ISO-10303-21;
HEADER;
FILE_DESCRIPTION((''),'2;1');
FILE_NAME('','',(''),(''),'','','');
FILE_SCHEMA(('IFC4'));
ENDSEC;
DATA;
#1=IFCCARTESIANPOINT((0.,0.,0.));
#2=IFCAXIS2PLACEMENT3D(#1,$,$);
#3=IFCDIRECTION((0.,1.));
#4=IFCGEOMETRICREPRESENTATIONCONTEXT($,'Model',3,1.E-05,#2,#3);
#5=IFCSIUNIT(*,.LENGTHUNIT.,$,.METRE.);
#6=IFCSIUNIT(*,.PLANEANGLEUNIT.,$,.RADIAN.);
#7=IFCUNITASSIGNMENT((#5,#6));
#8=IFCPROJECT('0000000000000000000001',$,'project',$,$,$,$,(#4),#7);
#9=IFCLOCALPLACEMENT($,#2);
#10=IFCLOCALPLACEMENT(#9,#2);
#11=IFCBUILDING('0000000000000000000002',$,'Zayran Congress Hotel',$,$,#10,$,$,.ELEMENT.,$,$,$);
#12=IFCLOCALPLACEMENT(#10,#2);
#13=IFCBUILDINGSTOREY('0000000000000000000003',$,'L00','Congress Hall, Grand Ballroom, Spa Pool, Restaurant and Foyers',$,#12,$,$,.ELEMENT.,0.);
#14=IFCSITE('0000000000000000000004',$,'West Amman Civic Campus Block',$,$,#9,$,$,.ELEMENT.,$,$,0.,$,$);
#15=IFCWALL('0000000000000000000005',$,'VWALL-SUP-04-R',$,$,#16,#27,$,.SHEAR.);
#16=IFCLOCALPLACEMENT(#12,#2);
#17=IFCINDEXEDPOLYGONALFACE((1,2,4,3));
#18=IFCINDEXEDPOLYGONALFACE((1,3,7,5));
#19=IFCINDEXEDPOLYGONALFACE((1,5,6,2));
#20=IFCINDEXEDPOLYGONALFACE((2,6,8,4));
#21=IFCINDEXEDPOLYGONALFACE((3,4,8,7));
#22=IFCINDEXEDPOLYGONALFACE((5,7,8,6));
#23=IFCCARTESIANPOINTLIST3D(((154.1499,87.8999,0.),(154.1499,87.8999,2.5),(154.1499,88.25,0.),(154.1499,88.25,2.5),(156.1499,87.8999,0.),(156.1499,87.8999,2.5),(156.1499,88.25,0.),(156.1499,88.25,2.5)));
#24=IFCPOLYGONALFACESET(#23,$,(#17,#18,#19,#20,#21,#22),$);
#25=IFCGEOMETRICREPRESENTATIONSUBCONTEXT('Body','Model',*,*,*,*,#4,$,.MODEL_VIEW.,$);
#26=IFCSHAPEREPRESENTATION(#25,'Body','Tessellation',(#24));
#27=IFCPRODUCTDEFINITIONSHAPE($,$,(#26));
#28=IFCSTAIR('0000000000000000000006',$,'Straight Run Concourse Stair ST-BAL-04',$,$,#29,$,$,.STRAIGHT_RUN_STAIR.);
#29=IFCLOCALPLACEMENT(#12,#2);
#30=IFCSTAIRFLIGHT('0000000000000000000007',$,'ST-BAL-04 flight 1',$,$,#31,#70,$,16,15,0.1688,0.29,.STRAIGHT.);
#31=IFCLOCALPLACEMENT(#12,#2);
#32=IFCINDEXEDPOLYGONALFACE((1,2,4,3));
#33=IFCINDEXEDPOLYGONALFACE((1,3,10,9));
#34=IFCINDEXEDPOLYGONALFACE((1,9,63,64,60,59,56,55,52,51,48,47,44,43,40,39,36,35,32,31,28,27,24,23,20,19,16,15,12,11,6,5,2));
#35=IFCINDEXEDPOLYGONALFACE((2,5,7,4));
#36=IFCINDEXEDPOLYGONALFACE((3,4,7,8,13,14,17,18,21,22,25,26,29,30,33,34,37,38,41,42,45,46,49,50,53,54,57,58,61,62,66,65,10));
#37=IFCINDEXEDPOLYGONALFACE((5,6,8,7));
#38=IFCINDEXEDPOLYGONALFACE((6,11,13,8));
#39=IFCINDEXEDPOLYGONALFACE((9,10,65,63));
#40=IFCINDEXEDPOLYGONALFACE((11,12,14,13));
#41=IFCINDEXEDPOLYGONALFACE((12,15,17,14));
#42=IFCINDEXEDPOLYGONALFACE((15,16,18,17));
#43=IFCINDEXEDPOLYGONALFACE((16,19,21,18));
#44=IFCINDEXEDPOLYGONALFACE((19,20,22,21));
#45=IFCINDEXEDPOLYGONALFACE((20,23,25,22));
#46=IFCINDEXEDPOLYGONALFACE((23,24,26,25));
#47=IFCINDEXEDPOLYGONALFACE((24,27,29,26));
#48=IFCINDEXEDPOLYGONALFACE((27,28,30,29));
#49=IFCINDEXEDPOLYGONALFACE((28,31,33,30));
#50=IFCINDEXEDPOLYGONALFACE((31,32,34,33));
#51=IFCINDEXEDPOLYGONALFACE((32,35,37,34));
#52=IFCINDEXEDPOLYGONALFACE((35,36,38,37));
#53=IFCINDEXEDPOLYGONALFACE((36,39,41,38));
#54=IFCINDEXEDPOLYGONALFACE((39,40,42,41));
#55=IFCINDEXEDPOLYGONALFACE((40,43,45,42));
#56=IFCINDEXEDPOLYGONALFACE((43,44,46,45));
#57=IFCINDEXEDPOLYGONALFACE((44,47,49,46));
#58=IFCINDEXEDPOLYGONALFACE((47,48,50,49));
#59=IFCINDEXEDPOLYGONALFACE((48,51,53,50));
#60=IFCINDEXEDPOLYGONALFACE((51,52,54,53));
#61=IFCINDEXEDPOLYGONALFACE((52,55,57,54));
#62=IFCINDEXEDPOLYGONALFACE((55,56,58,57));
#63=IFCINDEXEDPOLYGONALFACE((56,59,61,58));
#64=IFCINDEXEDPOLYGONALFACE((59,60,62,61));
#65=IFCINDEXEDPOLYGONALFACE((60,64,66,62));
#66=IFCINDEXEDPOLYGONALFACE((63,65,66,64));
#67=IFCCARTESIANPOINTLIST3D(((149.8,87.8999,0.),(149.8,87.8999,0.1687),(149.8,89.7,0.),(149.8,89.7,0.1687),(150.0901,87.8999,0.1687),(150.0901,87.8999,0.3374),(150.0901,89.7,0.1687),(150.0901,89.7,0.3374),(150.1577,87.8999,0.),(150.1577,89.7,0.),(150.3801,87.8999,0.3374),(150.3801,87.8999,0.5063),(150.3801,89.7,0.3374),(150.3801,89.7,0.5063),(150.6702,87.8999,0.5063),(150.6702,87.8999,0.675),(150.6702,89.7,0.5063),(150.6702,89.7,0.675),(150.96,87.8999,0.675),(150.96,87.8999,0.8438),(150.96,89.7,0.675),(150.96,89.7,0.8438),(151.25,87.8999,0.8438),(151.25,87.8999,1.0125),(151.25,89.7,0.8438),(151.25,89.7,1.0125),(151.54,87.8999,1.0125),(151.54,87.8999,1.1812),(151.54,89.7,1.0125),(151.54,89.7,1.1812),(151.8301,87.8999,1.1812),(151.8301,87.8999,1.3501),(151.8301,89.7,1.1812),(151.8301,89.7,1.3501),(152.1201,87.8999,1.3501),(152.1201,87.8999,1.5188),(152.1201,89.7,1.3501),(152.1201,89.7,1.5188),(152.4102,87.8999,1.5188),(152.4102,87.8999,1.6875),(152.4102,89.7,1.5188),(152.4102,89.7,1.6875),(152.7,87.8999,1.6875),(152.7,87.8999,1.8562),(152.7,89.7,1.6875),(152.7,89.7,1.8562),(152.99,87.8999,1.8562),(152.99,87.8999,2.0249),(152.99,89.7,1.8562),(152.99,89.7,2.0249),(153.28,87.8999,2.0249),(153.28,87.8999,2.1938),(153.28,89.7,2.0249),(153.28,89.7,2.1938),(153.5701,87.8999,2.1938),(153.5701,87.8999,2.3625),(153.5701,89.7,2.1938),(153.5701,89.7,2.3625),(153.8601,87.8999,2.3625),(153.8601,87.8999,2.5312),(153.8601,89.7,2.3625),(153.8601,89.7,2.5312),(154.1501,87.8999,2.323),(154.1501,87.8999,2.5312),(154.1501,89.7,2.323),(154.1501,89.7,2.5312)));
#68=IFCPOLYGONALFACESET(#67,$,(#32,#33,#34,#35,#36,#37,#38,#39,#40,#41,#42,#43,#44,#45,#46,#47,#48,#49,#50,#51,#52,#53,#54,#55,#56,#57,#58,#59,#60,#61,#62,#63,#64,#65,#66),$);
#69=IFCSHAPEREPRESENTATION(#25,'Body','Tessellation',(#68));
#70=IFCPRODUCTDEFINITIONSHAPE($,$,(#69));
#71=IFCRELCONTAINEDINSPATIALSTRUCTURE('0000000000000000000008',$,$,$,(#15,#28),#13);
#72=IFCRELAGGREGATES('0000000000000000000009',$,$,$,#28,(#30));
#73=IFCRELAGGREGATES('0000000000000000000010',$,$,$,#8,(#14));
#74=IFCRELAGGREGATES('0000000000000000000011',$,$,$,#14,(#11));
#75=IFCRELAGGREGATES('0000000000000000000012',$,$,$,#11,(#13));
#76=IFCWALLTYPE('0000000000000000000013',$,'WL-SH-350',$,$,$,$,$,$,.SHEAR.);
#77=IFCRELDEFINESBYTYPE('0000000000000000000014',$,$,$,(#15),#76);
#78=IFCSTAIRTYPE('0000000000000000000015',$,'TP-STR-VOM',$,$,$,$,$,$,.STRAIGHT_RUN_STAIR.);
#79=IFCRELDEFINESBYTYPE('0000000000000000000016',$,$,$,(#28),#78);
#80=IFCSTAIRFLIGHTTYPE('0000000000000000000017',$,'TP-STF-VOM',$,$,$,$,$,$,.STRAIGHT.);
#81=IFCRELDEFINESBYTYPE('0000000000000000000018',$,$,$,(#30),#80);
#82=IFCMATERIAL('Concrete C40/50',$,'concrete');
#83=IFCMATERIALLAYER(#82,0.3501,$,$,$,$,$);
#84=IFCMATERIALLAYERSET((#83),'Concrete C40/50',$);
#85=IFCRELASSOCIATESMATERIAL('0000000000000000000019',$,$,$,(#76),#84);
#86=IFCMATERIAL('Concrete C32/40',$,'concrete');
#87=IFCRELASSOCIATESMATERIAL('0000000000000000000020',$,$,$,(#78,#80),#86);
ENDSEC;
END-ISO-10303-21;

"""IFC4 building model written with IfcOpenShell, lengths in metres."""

from ifc_helpers import new_model, si_unit, direction, frame, frame_2d, origin, place, context, subcontext, project, spatial, polyline, rectangle, outline, extrude, material, layer, layer_set, type_object, element, aggregate, save


model = new_model("IFC4")

# Units and contexts
model_context = context("Model", 3, precision=1e-05, world=origin(), true_north=direction((0.0, 1.0)))
body_context = subcontext(model_context, "Body", "Model", "MODEL_VIEW")
ifc_project = project(units=[si_unit("LENGTHUNIT", "METRE"), si_unit("PLANEANGLEUNIT", "RADIAN")], contexts=[model_context])

# Site, building, storey
site_placement = place(None, origin())
site = spatial("IfcSite", under=ifc_project, at=site_placement, Name="West Amman Civic Campus Block", CompositionType="ELEMENT", RefElevation=0.0)
building_placement = place(site_placement, origin())
building = spatial("IfcBuilding", under=site, at=building_placement, Name="Zayran Congress Hotel", CompositionType="ELEMENT")
storey_placement = place(building_placement, origin())
storey = spatial("IfcBuildingStorey", under=building, at=storey_placement, Name="L00", Description="Congress Hall, Grand Ballroom, Spa Pool, Restaurant and Foyers", CompositionType="ELEMENT", Elevation=0.0)

# Shared definitions
ifc_material_1 = material(Name="Concrete C40/50", Category="concrete")

# Wall
ifc_layer_1 = layer(ifc_material_1, 0.3501)
ifc_layer_set_1 = layer_set([ifc_layer_1], Name="Concrete C40/50")
wall_type_1 = type_object("IfcWallType", Name="WL-SH-350", PredefinedType="SHEAR", material=ifc_layer_set_1)
wall_1_placement = place(storey_placement, frame((154.1499, 88.075, 0.0), z_axis=(0.0, 0.0, 1.0), x_axis=(1.0, 0.0, 0.0)))
element("IfcWall", 1, at=wall_1_placement, inside=storey, type_object=wall_type_1, Name="VWALL-SUP-04-R", PredefinedType="SHEAR", context=body_context, shape_type="SweptSolid", body=[
    extrude(rectangle(XDim=2.0, YDim=0.3501, at=frame_2d((1.0, 0.0))), origin(), (0.0, 0.0, 1.0), 2.5),
])

# Stair, stair flight
ifc_material_2 = material(Name="Concrete C32/40", Category="concrete")
stair_type = type_object("IfcStairType", Name="TP-STR-VOM", PredefinedType="STRAIGHT_RUN_STAIR", material=ifc_material_2)
stair_placement = place(storey_placement, origin())
stair = element("IfcStair", 2, at=stair_placement, inside=storey, type_object=stair_type, Name="Straight Run Concourse Stair ST-BAL-04", PredefinedType="STRAIGHT_RUN_STAIR")
stair_flight_type = type_object("IfcStairFlightType", Name="TP-STF-VOM", PredefinedType="STRAIGHT", material=ifc_material_2)
stair_flight_placement = place(storey_placement, frame((149.8, 88.8, 0.0), z_axis=(0.0, 0.0, 1.0), x_axis=(1.0, 0.0, 0.0)))
stair_flight = element("IfcStairFlight", 3, at=stair_flight_placement, type_object=stair_flight_type, Name="ST-BAL-04 flight 1", NumberOfRisers=16, NumberOfTreads=15, PredefinedType="STRAIGHT", RiserHeight=0.1688, TreadLength=0.29, context=body_context, shape_type="SweptSolid", body=[
    extrude(outline(polyline([(0.0, 0.0), (0.0, 0.1687), (0.29, 0.1687), (0.29, 0.3374), (0.5801, 0.3374), (0.5801, 0.5063), (0.8701, 0.5063), (0.8701, 0.675), (1.1599, 0.675), (1.1599, 0.8438), (1.45, 0.8438), (1.45, 1.0125), (1.74, 1.0125), (1.74, 1.1812), (2.03, 1.1812), (2.03, 1.3501), (2.3201, 1.3501), (2.3201, 1.5188), (2.6101, 1.5188), (2.6101, 1.6875), (2.8999, 1.6875), (2.8999, 1.8562), (3.1899, 1.8562), (3.1899, 2.0249), (3.48, 2.0249), (3.48, 2.1938), (3.77, 2.1938), (3.77, 2.3625), (4.0601, 2.3625), (4.0601, 2.5312), (4.3501, 2.5312), (4.3501, 2.7), (4.3501, 2.323), (0.3577, 0.0), (0.0, 0.0)])), frame((0.0, 0.8999, 0.0), z_axis=(0.0, -1.0, 0.0), x_axis=(1.0, 0.0, 0.0)), (0.0, 0.0, 1.0), 1.8),
])
aggregate(stair, [stair_flight])

save(model, "model.ifc")
